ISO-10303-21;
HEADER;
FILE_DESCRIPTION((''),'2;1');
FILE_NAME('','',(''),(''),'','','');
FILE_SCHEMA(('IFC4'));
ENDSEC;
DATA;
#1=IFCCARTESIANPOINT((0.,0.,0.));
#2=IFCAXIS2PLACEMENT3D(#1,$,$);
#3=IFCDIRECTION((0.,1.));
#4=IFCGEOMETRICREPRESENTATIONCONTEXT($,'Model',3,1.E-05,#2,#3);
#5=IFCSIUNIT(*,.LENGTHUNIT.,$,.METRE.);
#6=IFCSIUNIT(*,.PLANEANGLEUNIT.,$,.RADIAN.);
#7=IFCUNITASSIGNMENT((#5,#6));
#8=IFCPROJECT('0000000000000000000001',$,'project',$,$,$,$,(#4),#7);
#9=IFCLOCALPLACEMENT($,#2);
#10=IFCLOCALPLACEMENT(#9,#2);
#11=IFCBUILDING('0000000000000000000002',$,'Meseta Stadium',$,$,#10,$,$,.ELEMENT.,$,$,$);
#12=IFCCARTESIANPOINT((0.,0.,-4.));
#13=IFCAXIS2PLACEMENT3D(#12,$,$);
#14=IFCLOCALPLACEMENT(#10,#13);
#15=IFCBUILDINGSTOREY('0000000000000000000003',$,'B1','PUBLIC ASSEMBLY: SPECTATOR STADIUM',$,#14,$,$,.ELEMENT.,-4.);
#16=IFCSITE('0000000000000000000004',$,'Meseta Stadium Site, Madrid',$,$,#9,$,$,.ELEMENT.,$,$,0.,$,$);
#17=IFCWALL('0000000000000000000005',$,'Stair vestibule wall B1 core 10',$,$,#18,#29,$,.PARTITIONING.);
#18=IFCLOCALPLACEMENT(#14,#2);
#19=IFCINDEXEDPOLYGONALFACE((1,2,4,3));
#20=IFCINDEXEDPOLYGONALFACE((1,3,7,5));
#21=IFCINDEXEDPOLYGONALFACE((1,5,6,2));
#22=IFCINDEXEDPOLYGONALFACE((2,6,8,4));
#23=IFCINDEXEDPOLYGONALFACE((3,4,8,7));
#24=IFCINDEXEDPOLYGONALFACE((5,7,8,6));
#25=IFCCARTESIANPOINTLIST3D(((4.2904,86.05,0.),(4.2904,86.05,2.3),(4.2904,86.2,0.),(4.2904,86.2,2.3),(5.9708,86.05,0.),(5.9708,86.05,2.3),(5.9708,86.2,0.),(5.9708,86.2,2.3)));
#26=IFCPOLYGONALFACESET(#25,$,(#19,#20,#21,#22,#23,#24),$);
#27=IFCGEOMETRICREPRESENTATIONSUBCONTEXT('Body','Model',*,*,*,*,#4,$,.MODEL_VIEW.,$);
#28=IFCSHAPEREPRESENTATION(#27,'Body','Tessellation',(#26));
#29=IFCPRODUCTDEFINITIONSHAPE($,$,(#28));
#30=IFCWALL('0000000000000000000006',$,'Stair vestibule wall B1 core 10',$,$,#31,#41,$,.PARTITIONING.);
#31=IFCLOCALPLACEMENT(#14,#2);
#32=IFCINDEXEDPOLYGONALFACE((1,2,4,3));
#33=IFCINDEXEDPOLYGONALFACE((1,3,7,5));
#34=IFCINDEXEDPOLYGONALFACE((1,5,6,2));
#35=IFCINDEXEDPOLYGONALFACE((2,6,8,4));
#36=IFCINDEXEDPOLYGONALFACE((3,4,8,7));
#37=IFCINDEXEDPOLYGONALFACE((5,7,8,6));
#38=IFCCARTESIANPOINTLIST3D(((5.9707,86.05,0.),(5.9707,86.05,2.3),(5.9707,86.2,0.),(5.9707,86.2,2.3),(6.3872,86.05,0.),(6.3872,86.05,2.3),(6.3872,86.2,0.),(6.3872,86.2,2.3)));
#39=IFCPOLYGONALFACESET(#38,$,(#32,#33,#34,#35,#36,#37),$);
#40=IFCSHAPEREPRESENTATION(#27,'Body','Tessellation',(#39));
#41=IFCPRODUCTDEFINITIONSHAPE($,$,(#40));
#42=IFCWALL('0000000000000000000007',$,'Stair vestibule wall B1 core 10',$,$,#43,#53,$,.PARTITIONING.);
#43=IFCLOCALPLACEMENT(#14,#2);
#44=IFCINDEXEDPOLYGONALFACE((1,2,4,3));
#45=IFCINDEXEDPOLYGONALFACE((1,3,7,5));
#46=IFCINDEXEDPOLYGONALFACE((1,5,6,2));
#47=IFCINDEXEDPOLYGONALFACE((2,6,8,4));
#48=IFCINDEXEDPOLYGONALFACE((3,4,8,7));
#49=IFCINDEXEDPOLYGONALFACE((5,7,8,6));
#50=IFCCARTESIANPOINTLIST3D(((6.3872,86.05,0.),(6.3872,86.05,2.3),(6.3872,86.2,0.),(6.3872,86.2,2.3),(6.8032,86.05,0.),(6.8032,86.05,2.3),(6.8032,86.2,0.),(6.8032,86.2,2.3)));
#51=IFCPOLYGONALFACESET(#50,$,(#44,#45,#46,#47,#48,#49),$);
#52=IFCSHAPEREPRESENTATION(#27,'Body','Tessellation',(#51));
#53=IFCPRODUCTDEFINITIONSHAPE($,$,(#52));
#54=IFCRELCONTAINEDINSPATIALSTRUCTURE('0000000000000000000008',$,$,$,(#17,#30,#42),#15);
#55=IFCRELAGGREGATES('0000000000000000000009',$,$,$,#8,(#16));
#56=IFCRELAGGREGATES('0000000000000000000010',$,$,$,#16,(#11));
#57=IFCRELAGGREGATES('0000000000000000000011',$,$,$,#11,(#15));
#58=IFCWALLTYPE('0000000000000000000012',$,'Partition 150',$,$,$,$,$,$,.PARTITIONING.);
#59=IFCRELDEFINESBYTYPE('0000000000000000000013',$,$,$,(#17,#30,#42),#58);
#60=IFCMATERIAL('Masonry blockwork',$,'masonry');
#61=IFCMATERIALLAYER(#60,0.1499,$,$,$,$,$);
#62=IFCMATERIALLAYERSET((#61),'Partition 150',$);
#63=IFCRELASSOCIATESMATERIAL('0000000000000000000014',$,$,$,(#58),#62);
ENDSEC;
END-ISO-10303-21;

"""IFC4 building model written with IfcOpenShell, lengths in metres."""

from ifc_helpers import new_model, si_unit, direction, frame, frame_2d, origin, place, context, subcontext, project, spatial, rectangle, extrude, material, layer, layer_set, type_object, element, save


model = new_model("IFC4")

# Units and contexts
model_context = context("Model", 3, precision=1e-05, world=origin(), true_north=direction((0.0, 1.0)))
body_context = subcontext(model_context, "Body", "Model", "MODEL_VIEW")
ifc_project = project(units=[si_unit("LENGTHUNIT", "METRE"), si_unit("PLANEANGLEUNIT", "RADIAN")], contexts=[model_context])

# Site, building, storey
site_placement = place(None, origin())
site = spatial("IfcSite", under=ifc_project, at=site_placement, Name="Meseta Stadium Site, Madrid", CompositionType="ELEMENT", RefElevation=0.0)
building_placement = place(site_placement, origin())
building = spatial("IfcBuilding", under=site, at=building_placement, Name="Meseta Stadium", CompositionType="ELEMENT")
storey_placement = place(building_placement, frame((0.0, 0.0, -4.0)))
storey = spatial("IfcBuildingStorey", under=building, at=storey_placement, Name="B1", Description="PUBLIC ASSEMBLY: SPECTATOR STADIUM", CompositionType="ELEMENT", Elevation=-4.0)

# Shared definitions
ifc_material_1 = material(Name="Masonry blockwork", Category="masonry")
ifc_layer = layer(ifc_material_1, 0.1499)
ifc_layer_set = layer_set([ifc_layer], Name="Partition 150")
wall_type = type_object("IfcWallType", Name="Partition 150", PredefinedType="PARTITIONING", material=ifc_layer_set)

# Walls
wall_1_placement = place(storey_placement, frame((4.2903, 86.125, 0.0), z_axis=(0.0, 0.0, 1.0), x_axis=(1.0, 0.0, 0.0)))
element("IfcWall", 1, at=wall_1_placement, inside=storey, type_object=wall_type, Name="Stair vestibule wall B1 core 10", PredefinedType="PARTITIONING", context=body_context, shape_type="SweptSolid", body=[
    extrude(rectangle(XDim=1.6804, YDim=0.1499, at=frame_2d((0.8403, 0.0))), origin(), (0.0, 0.0, 1.0), 2.3),
])
wall_2_placement = place(storey_placement, frame((5.9707, 86.125, 0.0), z_axis=(0.0, 0.0, 1.0), x_axis=(1.0, 0.0, 0.0)))
element("IfcWall", 2, at=wall_2_placement, inside=storey, type_object=wall_type, Name="Stair vestibule wall B1 core 10", PredefinedType="PARTITIONING", context=body_context, shape_type="SweptSolid", body=[
    extrude(rectangle(XDim=0.4165, YDim=0.1499, at=frame_2d((0.2083, 0.0))), origin(), (0.0, 0.0, 1.0), 2.3),
])
wall_3_placement = place(storey_placement, frame((6.3872, 86.125, 0.0), z_axis=(0.0, 0.0, 1.0), x_axis=(1.0, 0.0, 0.0)))
element("IfcWall", 3, at=wall_3_placement, inside=storey, type_object=wall_type, Name="Stair vestibule wall B1 core 10", PredefinedType="PARTITIONING", context=body_context, shape_type="SweptSolid", body=[
    extrude(rectangle(XDim=0.416, YDim=0.1499, at=frame_2d((0.208, 0.0))), origin(), (0.0, 0.0, 1.0), 2.3),
])

save(model, "model.ifc")
